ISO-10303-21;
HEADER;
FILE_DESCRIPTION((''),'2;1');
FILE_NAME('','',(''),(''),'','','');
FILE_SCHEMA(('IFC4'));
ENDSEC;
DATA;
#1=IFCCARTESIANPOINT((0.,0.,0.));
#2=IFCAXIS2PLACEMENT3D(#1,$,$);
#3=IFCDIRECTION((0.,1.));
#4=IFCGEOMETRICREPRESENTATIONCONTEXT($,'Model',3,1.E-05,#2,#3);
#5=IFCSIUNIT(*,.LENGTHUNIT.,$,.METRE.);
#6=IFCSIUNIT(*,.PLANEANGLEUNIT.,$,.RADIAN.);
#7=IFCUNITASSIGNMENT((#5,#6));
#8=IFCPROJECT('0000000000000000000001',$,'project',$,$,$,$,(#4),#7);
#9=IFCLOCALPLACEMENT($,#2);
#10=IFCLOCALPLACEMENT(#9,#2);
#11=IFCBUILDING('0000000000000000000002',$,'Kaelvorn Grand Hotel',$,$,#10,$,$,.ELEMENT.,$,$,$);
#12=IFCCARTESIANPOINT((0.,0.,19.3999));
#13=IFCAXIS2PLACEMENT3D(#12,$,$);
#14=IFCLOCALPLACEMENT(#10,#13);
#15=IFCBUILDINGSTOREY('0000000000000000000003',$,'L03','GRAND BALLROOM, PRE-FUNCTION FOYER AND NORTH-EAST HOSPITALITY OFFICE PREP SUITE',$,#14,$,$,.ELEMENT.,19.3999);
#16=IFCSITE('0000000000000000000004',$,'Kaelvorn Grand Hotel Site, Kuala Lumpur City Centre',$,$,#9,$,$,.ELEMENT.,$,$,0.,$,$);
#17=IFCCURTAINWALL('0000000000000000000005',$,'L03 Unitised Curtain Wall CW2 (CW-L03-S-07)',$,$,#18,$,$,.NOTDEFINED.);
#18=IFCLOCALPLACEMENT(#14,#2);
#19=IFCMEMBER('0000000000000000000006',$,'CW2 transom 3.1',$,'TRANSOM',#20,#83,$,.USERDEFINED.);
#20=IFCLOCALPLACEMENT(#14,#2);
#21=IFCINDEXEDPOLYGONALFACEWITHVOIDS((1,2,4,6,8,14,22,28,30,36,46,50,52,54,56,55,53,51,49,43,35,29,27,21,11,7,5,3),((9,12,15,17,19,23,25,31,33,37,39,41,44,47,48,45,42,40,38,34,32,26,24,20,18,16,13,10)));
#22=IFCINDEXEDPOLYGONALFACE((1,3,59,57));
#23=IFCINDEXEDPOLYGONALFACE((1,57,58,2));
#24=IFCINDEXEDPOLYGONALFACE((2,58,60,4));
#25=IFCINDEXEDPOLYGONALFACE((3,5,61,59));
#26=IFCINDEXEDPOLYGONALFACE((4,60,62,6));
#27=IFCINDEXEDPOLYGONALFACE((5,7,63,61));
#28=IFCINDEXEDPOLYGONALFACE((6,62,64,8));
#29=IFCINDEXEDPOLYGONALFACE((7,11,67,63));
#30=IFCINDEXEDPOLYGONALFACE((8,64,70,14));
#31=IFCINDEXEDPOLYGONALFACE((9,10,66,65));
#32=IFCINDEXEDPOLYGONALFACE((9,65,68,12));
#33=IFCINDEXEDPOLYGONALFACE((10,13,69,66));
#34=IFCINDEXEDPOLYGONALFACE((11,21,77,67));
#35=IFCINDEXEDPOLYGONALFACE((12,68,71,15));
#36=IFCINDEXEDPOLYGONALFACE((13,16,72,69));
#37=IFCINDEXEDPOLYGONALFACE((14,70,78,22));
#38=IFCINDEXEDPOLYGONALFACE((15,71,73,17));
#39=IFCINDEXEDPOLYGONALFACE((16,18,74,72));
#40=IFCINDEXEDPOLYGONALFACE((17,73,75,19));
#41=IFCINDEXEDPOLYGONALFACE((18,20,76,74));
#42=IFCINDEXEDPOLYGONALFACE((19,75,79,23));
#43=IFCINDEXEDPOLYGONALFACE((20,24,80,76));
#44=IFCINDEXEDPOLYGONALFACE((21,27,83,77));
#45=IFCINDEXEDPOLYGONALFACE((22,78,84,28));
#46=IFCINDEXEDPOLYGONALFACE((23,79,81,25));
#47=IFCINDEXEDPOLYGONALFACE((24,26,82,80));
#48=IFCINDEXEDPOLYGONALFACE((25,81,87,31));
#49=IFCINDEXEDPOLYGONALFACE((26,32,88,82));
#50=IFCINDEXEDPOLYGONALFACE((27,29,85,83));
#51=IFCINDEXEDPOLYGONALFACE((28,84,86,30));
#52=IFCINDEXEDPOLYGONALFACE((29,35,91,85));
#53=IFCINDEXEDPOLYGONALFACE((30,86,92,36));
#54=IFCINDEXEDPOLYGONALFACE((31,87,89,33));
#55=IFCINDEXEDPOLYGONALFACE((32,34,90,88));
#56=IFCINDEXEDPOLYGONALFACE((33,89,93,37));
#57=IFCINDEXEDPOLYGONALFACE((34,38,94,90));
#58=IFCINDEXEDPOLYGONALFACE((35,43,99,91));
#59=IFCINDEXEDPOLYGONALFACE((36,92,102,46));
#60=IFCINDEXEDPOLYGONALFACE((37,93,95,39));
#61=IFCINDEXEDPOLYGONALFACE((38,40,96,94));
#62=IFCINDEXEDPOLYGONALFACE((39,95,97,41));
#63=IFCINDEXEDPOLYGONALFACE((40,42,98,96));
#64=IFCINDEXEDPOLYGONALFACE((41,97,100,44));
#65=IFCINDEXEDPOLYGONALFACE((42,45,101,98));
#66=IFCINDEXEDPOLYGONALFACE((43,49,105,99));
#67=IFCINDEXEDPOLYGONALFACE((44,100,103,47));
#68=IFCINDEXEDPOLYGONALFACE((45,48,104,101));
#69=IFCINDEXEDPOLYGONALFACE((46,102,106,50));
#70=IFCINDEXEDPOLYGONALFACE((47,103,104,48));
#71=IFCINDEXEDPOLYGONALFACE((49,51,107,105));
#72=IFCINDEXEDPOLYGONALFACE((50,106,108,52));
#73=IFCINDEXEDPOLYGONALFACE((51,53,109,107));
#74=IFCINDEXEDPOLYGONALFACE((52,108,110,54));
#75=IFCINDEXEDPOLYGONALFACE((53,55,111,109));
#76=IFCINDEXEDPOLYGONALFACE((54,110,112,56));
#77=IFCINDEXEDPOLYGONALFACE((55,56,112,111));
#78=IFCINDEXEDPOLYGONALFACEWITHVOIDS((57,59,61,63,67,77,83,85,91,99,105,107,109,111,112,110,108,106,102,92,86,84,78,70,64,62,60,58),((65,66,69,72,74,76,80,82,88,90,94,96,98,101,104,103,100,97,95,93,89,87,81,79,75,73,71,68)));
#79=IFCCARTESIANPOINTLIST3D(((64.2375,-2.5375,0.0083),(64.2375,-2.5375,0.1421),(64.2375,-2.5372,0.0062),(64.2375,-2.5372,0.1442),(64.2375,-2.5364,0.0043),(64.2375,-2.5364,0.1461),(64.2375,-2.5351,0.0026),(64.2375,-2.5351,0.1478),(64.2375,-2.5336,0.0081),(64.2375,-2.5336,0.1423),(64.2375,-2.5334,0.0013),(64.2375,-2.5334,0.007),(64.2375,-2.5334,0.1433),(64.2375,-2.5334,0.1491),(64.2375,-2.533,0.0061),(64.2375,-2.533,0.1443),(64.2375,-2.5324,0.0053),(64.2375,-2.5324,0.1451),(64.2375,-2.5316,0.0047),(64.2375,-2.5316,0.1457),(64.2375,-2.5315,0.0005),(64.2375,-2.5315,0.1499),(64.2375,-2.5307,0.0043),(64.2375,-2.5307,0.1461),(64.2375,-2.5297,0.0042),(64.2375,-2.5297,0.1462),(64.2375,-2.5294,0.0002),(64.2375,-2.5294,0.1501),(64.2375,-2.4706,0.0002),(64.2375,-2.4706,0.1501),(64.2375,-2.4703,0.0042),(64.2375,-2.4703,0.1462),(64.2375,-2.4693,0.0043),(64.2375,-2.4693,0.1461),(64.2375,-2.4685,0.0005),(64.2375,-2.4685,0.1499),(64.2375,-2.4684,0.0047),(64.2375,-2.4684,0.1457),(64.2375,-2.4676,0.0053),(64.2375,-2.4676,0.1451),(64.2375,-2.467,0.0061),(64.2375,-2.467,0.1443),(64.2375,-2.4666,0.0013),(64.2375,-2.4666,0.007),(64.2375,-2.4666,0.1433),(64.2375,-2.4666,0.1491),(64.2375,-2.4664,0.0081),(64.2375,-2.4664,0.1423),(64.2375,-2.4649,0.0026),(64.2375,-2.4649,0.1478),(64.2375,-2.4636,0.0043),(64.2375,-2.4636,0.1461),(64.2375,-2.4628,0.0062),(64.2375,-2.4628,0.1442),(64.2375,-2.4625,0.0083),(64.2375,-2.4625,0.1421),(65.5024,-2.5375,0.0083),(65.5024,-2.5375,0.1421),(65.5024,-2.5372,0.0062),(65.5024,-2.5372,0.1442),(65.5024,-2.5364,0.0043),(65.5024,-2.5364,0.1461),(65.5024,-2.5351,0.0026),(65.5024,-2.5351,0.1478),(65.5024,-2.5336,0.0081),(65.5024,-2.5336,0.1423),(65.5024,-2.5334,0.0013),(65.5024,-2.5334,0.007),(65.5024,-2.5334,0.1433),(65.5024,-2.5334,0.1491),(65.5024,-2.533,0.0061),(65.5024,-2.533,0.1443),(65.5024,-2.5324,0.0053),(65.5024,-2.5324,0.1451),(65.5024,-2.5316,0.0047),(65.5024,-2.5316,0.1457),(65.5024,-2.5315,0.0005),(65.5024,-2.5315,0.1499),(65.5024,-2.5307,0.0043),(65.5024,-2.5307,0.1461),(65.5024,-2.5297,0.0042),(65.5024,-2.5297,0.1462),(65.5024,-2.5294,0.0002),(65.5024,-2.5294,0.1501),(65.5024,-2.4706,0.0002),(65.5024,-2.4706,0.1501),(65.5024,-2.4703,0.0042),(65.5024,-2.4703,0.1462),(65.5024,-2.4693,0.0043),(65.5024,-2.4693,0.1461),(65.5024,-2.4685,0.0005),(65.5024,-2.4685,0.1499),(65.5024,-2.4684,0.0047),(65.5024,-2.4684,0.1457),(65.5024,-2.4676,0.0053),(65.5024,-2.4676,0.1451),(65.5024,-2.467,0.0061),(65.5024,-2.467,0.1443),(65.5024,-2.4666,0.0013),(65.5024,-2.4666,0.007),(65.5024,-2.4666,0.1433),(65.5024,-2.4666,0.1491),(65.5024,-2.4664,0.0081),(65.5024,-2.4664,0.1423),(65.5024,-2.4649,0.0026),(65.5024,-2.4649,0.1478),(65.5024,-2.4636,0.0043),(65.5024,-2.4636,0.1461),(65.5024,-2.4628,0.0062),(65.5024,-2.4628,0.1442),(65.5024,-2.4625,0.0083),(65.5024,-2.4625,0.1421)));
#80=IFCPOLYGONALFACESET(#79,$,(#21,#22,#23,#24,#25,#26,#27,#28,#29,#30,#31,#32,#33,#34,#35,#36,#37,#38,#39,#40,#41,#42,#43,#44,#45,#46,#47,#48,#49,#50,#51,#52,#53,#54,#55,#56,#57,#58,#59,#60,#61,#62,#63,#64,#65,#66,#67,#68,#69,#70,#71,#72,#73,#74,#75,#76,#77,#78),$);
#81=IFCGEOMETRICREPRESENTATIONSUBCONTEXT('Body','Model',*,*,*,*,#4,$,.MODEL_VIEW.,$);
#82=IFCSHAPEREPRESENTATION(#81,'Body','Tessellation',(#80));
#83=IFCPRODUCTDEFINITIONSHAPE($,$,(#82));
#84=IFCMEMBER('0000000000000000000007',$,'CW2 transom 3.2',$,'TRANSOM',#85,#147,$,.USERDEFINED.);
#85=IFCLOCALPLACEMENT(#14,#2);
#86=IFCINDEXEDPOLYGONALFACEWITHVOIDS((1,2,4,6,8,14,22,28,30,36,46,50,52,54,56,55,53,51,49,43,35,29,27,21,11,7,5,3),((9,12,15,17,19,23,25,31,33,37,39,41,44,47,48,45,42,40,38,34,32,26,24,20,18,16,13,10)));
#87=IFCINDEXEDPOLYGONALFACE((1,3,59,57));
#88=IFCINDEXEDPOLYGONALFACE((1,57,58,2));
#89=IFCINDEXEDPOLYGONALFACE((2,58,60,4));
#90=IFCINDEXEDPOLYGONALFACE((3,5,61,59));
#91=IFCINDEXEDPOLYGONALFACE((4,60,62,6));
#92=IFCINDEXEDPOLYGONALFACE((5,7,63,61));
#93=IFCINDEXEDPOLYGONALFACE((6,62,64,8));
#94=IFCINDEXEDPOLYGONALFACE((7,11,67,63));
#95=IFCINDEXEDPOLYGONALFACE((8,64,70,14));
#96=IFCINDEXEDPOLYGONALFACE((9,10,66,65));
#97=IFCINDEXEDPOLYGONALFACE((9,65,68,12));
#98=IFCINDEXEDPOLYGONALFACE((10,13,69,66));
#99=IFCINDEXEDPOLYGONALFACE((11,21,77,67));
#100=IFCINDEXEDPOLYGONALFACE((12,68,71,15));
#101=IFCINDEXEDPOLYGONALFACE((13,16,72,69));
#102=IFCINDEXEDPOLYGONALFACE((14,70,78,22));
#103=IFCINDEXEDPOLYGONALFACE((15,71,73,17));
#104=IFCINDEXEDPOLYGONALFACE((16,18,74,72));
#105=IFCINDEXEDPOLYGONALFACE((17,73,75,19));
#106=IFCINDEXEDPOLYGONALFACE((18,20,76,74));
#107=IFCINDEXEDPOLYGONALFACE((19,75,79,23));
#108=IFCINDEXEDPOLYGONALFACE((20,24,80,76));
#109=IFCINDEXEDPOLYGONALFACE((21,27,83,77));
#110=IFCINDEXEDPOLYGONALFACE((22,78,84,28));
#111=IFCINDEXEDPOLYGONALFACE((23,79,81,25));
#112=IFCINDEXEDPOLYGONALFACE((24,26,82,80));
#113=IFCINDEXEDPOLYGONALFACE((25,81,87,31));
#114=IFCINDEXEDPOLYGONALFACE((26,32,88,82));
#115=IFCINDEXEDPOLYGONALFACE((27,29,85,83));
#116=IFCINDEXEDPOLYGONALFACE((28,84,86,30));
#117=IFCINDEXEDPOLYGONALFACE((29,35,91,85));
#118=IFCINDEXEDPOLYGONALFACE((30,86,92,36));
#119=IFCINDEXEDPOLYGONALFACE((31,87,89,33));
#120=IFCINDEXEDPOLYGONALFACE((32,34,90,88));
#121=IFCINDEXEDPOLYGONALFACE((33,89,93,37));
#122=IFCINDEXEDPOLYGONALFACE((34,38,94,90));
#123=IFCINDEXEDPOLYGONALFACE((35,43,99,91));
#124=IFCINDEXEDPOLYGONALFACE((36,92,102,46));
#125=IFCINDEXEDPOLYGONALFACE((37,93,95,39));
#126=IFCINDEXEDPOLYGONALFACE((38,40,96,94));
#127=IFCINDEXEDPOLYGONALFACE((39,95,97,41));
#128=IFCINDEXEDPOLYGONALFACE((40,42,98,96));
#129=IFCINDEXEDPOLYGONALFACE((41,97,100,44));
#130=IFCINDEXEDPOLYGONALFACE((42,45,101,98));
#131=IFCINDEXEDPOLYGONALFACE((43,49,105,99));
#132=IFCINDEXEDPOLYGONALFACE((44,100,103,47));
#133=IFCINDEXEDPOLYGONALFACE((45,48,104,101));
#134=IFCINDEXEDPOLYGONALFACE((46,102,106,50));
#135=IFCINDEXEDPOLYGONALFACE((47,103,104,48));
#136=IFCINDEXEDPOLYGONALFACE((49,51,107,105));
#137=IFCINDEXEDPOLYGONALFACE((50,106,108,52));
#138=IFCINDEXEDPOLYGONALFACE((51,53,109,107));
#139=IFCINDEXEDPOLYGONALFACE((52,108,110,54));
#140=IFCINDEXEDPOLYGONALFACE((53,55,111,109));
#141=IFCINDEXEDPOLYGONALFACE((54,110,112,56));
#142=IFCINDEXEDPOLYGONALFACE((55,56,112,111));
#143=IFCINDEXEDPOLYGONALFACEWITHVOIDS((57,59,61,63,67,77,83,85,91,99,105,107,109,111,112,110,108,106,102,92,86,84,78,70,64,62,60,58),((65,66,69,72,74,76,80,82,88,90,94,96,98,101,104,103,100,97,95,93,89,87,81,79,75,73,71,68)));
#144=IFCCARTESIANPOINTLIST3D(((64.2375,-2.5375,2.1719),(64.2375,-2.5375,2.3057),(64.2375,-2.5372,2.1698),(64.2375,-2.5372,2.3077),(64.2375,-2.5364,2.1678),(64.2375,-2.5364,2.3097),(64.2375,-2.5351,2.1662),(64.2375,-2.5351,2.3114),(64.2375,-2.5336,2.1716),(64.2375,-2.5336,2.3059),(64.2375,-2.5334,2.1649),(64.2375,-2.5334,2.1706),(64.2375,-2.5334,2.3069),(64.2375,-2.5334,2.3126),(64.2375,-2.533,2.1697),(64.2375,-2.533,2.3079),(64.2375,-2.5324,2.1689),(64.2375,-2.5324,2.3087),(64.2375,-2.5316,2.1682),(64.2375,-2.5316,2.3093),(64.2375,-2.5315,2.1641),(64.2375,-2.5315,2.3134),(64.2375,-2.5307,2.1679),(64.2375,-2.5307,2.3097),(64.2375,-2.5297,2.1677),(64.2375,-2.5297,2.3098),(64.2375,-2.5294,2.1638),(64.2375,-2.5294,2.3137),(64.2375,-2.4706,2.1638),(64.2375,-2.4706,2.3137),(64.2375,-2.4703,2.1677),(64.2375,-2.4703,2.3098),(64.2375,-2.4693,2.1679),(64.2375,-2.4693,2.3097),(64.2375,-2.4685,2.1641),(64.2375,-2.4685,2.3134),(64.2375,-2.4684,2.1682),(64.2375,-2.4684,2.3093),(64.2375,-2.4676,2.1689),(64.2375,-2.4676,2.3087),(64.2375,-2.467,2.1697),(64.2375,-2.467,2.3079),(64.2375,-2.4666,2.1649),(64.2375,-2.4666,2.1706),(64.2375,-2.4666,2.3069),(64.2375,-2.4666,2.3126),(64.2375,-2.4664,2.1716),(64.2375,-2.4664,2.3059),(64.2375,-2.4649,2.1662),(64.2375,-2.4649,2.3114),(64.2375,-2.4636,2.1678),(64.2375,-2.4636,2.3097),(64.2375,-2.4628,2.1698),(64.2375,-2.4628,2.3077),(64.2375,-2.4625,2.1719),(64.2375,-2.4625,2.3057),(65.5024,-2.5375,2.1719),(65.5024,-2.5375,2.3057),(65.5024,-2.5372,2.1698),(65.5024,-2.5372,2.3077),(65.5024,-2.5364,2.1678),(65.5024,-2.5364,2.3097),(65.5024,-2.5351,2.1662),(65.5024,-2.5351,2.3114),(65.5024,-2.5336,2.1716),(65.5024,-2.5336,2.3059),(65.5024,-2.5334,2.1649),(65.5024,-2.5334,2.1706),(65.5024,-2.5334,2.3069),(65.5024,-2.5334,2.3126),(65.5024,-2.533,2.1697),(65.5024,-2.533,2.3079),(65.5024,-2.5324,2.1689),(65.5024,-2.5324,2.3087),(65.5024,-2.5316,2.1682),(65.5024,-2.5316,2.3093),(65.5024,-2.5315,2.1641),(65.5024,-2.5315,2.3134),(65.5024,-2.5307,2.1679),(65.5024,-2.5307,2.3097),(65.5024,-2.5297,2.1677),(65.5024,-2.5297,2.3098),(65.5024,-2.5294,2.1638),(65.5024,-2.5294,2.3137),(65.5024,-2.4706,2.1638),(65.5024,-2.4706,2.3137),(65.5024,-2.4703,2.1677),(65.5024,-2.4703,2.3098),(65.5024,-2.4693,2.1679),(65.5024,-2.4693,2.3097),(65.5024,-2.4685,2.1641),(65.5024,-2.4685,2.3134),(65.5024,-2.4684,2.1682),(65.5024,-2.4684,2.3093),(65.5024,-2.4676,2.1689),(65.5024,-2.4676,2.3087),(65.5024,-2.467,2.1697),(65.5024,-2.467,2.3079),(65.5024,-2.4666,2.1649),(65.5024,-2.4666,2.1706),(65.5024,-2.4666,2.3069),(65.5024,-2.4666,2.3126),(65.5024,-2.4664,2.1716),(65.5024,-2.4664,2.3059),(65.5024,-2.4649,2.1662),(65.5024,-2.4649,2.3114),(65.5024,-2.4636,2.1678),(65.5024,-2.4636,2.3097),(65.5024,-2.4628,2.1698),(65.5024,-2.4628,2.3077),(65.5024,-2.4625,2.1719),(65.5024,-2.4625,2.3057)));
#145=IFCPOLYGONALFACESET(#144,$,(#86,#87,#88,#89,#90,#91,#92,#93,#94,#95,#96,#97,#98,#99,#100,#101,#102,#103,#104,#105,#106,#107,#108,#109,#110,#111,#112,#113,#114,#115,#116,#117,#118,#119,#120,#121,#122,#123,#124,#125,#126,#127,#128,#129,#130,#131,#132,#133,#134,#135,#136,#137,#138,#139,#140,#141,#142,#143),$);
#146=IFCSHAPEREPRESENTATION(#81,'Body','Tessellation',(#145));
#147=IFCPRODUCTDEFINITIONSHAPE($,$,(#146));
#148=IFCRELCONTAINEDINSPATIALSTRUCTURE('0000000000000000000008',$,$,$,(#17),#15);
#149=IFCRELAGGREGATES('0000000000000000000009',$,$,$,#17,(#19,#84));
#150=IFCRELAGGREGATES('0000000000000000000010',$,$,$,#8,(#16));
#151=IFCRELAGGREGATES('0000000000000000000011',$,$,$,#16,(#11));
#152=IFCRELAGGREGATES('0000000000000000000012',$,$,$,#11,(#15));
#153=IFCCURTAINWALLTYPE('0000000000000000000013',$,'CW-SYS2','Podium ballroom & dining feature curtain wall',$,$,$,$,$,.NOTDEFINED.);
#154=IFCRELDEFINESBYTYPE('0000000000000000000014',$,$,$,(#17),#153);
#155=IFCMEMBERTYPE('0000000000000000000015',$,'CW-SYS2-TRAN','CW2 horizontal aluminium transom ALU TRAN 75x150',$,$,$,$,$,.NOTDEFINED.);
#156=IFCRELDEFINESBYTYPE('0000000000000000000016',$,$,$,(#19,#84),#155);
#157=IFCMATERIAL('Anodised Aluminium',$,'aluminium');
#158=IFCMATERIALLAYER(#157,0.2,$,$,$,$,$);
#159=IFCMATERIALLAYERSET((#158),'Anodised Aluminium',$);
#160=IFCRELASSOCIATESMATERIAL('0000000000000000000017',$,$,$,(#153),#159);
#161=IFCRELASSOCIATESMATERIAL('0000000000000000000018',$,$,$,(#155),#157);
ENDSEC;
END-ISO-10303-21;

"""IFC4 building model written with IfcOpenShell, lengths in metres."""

from ifc_helpers import new_model, si_unit, direction, frame, origin, origin_2d, place, context, subcontext, project, spatial, hollow_rectangle, extrude, material, layer, layer_set, material_profile, profile_set, type_object, element, aggregate, save


model = new_model("IFC4")

# Units and contexts
model_context = context("Model", 3, precision=1e-05, world=origin(), true_north=direction((0.0, 1.0)))
body_context = subcontext(model_context, "Body", "Model", "MODEL_VIEW")
ifc_project = project(units=[si_unit("LENGTHUNIT", "METRE"), si_unit("PLANEANGLEUNIT", "RADIAN")], contexts=[model_context])

# Site, building, storey
site_placement = place(None, origin())
site = spatial("IfcSite", under=ifc_project, at=site_placement, Name="Kaelvorn Grand Hotel Site, Kuala Lumpur City Centre", CompositionType="ELEMENT", RefElevation=0.0)
building_placement = place(site_placement, origin())
building = spatial("IfcBuilding", under=site, at=building_placement, Name="Kaelvorn Grand Hotel", CompositionType="ELEMENT")
storey_placement = place(building_placement, frame((0.0, 0.0, 19.3999)))
storey = spatial("IfcBuildingStorey", under=building, at=storey_placement, Name="L03", Description="GRAND BALLROOM, PRE-FUNCTION FOYER AND NORTH-EAST HOSPITALITY OFFICE PREP SUITE", CompositionType="ELEMENT", Elevation=19.3999)

# Curtain wall, members
ifc_material_1 = material(Name="Anodised Aluminium", Category="aluminium")
ifc_layer_1 = layer(ifc_material_1, 0.2)
ifc_layer_set_1 = layer_set([ifc_layer_1], Name="Anodised Aluminium")
curtain_wall_type = type_object("IfcCurtainWallType", Name="CW-SYS2", Description="Podium ballroom & dining feature curtain wall", PredefinedType="NOTDEFINED", material=ifc_layer_set_1)
curtain_wall_placement = place(storey_placement, origin())
curtain_wall = element("IfcCurtainWall", 1, at=curtain_wall_placement, inside=storey, type_object=curtain_wall_type, Name="L03 Unitised Curtain Wall CW2 (CW-L03-S-07)", PredefinedType="NOTDEFINED")
ifc_material_profile_1 = material_profile(ifc_material_1, hollow_rectangle(XDim=0.075, YDim=0.1499, WallThickness=0.0039, InnerFilletRadius=0.0039, OuterFilletRadius=0.0081, at=origin_2d()), Name="ALU TRAN 75x150")
ifc_profile_set_1 = profile_set([ifc_material_profile_1], Name="Anodised Aluminium")
member_type_1 = type_object("IfcMemberType", Name="CW-SYS2-TRAN", Description="CW2 horizontal aluminium transom ALU TRAN 75x150", PredefinedType="NOTDEFINED", material=ifc_profile_set_1)
member_1_placement = place(storey_placement, frame((64.2375, -2.5, 0.0752), z_axis=(1.0, 0.0, 0.0), x_axis=(0.0, 1.0, 0.0)))
member_1 = element("IfcMember", 2, at=member_1_placement, type_object=member_type_1, Name="CW2 transom 3.1", ObjectType="TRANSOM", PredefinedType="USERDEFINED", context=body_context, shape_type="SweptSolid", body=[
    extrude(hollow_rectangle(XDim=0.075, YDim=0.1499, WallThickness=0.0039, InnerFilletRadius=0.0039, OuterFilletRadius=0.0081, at=origin_2d()), origin(), (0.0, 0.0, 1.0), 1.2649),
])
member_2_placement = place(storey_placement, frame((64.2375, -2.5, 2.2388), z_axis=(1.0, 0.0, 0.0), x_axis=(0.0, 1.0, 0.0)))
member_2 = element("IfcMember", 3, at=member_2_placement, type_object=member_type_1, Name="CW2 transom 3.2", ObjectType="TRANSOM", PredefinedType="USERDEFINED", context=body_context, shape_type="SweptSolid", body=[
    extrude(hollow_rectangle(XDim=0.075, YDim=0.1499, WallThickness=0.0039, InnerFilletRadius=0.0039, OuterFilletRadius=0.0081, at=origin_2d()), origin(), (0.0, 0.0, 1.0), 1.2649),
])
aggregate(curtain_wall, [member_1, member_2])

save(model, "model.ifc")
